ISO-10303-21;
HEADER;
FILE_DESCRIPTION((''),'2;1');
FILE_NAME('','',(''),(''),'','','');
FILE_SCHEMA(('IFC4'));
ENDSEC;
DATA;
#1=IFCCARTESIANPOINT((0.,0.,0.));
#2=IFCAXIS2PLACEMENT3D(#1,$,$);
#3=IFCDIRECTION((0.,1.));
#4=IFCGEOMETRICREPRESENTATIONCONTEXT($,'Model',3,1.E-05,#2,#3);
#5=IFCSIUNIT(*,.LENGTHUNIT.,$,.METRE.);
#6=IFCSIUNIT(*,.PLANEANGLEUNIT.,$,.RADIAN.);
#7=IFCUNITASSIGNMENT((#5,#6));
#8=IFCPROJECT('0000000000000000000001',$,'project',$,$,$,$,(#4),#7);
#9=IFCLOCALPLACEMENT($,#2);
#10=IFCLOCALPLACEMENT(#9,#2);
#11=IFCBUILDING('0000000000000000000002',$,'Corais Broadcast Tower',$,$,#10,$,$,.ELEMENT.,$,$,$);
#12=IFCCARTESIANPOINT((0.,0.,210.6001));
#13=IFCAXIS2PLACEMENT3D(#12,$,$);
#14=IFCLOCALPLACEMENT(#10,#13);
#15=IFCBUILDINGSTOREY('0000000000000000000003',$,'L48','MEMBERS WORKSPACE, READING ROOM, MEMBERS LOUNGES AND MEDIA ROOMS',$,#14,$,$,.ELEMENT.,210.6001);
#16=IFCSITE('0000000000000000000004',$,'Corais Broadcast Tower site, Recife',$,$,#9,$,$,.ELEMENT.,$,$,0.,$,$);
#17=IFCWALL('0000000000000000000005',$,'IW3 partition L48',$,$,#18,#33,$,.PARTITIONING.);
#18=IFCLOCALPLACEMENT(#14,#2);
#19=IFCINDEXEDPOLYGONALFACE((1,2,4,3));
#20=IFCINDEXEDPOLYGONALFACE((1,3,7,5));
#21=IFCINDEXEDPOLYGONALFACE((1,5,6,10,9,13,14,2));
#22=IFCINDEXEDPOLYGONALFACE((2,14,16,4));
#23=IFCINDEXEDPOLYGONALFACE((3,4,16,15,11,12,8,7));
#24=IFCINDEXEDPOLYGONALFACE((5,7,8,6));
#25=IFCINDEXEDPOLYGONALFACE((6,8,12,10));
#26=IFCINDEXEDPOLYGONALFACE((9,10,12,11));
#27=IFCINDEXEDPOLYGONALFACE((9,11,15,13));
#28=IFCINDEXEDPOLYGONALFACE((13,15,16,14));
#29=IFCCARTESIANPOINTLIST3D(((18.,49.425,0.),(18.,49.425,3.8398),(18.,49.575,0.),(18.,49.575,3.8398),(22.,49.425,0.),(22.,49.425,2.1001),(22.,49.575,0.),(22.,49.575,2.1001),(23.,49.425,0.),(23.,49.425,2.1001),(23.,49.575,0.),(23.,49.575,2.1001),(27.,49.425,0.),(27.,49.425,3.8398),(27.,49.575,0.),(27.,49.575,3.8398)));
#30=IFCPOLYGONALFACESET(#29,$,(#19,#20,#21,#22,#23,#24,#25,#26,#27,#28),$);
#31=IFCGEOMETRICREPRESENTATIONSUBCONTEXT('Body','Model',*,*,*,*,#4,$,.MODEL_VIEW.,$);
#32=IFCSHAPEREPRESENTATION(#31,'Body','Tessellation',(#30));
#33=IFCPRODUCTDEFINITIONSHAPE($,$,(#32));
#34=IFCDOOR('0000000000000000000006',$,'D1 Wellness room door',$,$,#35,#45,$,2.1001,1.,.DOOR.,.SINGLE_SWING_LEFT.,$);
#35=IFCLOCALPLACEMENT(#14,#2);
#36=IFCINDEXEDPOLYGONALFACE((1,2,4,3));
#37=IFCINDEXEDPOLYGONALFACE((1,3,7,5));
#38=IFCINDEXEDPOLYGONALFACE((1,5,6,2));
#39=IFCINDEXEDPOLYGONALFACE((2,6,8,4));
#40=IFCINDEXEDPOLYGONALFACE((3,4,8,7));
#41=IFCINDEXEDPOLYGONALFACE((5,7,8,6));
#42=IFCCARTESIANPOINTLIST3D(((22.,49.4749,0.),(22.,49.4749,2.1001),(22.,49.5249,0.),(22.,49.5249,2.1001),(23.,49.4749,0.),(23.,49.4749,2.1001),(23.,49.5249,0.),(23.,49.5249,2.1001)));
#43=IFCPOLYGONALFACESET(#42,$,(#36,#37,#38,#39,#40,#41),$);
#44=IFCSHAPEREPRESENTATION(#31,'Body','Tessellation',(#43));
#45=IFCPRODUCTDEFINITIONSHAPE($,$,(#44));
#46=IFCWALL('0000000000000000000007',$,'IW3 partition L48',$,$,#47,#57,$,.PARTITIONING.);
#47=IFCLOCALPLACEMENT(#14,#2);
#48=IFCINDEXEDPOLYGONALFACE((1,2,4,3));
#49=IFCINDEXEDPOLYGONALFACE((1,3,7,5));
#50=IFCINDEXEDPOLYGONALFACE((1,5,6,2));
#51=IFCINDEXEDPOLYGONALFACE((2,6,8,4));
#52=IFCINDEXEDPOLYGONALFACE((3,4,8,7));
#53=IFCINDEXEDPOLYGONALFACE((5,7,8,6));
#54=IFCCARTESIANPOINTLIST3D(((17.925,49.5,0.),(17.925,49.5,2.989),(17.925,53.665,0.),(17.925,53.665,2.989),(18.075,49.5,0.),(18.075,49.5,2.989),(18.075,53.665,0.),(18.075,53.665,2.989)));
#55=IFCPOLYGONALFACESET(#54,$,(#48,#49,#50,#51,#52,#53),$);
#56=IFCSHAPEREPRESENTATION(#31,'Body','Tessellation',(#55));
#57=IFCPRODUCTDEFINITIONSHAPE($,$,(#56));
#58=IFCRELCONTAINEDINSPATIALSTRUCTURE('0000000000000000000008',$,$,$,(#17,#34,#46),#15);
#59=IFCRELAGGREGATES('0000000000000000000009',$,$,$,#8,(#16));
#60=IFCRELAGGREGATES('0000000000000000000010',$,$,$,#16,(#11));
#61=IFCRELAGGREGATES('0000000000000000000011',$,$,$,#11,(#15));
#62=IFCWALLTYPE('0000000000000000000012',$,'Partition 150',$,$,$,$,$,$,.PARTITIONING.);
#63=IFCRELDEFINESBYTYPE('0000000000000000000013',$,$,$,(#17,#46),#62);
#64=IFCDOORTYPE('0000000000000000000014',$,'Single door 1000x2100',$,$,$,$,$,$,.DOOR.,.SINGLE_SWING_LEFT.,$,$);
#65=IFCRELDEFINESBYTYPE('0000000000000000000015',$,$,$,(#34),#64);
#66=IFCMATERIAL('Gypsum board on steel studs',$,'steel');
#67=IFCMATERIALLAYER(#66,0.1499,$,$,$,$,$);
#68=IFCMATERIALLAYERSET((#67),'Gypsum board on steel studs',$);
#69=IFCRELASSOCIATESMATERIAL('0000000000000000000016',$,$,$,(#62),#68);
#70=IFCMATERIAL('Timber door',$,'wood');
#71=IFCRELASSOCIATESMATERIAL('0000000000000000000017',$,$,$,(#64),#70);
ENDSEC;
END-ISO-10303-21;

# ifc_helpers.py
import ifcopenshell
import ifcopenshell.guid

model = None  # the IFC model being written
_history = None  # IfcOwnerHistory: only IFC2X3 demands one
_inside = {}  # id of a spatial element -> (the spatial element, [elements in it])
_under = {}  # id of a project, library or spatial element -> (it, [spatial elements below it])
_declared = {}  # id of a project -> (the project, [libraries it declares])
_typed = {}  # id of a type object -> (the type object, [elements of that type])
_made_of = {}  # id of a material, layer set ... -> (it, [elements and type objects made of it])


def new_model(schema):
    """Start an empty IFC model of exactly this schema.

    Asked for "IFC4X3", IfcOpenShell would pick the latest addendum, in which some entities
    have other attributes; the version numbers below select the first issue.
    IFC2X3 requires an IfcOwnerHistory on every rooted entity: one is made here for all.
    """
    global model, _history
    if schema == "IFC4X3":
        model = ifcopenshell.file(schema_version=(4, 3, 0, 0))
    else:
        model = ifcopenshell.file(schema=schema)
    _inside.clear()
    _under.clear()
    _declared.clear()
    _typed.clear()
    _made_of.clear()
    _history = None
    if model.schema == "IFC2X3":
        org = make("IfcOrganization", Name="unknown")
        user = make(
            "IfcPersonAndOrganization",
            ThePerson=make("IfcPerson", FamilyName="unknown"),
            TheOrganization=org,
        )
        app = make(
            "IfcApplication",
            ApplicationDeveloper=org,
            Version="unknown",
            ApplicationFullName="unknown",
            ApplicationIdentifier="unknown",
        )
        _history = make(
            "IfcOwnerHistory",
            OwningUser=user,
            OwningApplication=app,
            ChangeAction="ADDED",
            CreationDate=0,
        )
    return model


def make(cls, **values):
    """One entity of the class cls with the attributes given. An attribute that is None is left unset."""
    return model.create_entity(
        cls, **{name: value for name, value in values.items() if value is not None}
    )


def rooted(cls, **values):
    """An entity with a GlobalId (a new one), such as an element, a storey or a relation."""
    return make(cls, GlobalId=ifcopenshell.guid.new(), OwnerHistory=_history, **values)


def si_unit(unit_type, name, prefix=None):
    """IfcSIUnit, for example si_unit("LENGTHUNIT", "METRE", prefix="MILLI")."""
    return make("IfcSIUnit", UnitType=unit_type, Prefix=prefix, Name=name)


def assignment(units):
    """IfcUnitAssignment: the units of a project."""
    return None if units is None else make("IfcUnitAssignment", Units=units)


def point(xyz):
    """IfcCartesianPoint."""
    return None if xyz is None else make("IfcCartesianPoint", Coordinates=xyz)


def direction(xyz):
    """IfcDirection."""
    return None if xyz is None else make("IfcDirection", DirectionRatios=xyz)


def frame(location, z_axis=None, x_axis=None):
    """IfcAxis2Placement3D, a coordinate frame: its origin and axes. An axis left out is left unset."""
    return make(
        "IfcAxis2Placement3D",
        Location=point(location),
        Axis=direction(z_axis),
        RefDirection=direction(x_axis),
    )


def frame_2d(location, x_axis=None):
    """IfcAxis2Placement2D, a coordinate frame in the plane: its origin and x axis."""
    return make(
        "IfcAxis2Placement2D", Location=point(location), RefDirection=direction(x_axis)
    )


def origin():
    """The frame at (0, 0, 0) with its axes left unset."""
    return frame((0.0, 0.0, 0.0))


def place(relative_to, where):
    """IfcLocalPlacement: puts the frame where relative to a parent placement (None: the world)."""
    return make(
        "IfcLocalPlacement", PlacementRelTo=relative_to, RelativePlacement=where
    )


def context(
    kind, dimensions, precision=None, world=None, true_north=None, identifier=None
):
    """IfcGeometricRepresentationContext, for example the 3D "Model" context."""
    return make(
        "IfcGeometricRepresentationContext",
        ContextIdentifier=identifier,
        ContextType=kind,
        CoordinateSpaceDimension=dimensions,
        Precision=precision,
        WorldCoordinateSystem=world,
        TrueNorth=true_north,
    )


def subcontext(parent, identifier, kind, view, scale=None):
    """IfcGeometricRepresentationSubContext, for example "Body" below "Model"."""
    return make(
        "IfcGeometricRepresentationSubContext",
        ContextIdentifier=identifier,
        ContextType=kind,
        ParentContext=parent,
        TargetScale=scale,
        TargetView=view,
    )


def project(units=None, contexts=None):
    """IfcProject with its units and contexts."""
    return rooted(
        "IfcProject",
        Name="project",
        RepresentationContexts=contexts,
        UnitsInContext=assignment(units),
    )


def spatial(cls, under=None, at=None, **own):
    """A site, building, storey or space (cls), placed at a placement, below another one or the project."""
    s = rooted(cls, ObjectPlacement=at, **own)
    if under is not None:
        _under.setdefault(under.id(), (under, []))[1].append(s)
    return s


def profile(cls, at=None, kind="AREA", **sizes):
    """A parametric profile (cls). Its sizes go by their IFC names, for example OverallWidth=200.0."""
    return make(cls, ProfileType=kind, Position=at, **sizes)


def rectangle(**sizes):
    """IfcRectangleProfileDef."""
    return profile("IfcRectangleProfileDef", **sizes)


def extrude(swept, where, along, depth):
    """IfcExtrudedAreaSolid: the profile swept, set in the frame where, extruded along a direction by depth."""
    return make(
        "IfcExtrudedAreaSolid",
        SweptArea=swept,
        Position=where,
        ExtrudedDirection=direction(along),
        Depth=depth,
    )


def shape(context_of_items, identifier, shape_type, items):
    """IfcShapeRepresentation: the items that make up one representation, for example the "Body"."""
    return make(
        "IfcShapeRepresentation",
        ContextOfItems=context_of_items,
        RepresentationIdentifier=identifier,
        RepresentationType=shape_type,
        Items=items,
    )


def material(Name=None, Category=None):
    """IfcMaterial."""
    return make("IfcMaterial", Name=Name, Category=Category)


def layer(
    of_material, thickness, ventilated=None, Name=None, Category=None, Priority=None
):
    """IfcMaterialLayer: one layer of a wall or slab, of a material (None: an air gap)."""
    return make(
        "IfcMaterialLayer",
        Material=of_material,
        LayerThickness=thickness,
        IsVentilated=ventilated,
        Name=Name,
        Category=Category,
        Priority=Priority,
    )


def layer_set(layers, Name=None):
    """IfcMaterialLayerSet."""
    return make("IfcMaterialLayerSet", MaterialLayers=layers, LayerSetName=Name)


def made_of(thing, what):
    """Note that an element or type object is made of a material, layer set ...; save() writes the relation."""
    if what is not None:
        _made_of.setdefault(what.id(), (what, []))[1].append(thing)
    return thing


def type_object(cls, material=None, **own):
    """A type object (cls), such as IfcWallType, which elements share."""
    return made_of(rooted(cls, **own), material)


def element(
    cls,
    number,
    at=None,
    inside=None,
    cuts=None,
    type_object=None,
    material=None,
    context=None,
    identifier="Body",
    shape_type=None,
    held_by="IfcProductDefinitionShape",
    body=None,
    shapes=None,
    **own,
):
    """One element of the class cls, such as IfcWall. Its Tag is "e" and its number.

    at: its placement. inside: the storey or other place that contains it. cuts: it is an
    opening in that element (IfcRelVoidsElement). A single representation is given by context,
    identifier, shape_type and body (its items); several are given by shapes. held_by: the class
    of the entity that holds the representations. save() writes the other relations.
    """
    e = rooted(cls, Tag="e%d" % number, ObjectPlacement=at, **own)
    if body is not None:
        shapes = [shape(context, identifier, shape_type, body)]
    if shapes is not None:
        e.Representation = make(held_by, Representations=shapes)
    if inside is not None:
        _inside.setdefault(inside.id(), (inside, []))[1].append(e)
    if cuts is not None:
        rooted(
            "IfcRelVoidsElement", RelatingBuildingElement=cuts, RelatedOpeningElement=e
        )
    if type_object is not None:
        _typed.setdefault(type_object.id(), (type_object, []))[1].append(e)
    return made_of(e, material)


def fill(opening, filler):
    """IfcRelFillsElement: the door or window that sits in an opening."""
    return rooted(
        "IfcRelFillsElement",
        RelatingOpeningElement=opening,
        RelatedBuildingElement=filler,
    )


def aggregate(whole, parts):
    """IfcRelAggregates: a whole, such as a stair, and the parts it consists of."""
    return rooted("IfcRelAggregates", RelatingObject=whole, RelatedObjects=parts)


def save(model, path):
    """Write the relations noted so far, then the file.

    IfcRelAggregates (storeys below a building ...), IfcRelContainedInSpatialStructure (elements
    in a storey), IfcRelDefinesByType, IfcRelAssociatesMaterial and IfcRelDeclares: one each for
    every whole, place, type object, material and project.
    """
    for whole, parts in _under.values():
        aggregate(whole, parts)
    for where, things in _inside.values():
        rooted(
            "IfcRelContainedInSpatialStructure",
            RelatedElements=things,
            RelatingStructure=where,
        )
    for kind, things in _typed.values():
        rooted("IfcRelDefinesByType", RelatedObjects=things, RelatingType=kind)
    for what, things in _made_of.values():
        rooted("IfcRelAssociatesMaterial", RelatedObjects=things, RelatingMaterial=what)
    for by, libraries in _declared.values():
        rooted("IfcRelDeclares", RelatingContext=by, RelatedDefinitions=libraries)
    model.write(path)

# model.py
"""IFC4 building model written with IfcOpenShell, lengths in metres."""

from ifc_helpers import new_model, si_unit, direction, frame, frame_2d, origin, place, context, subcontext, project, spatial, rectangle, extrude, material, layer, layer_set, type_object, element, fill, save


model = new_model("IFC4")

# Units and contexts
model_context = context("Model", 3, precision=1e-05, world=origin(), true_north=direction((0.0, 1.0)))
body_context = subcontext(model_context, "Body", "Model", "MODEL_VIEW")
ifc_project = project(units=[si_unit("LENGTHUNIT", "METRE"), si_unit("PLANEANGLEUNIT", "RADIAN")], contexts=[model_context])

# Site, building, storey
site_placement = place(None, origin())
site = spatial("IfcSite", under=ifc_project, at=site_placement, Name="Corais Broadcast Tower site, Recife", CompositionType="ELEMENT", RefElevation=0.0)
building_placement = place(site_placement, origin())
building = spatial("IfcBuilding", under=site, at=building_placement, Name="Corais Broadcast Tower", CompositionType="ELEMENT")
storey_placement = place(building_placement, frame((0.0, 0.0, 210.6001)))
storey = spatial("IfcBuildingStorey", under=building, at=storey_placement, Name="L48", Description="MEMBERS WORKSPACE, READING ROOM, MEMBERS LOUNGES AND MEDIA ROOMS", CompositionType="ELEMENT", Elevation=210.6001)

# Shared definitions
ifc_material_1 = material(Name="Gypsum board on steel studs", Category="steel")
ifc_layer_1 = layer(ifc_material_1, 0.1499)
ifc_layer_set_1 = layer_set([ifc_layer_1], Name="Gypsum board on steel studs")
wall_type = type_object("IfcWallType", Name="Partition 150", PredefinedType="PARTITIONING", material=ifc_layer_set_1)

# Wall, opening, door
wall_1_placement = place(storey_placement, frame((18.0, 49.5, 0.0), z_axis=(0.0, 0.0, 1.0), x_axis=(1.0, 0.0, 0.0)))
wall_1 = element("IfcWall", 1, at=wall_1_placement, inside=storey, type_object=wall_type, Name="IW3 partition L48", PredefinedType="PARTITIONING", context=body_context, shape_type="SweptSolid", body=[
    extrude(rectangle(XDim=9.0, YDim=0.1499, at=frame_2d((4.5, 0.0))), origin(), (0.0, 0.0, 1.0), 3.8398),
])
opening_placement = place(wall_1_placement, frame((4.0, 0.0, 0.0)))
opening = element("IfcOpeningElement", 2, at=opening_placement, cuts=wall_1, PredefinedType="OPENING", context=body_context, shape_type="SweptSolid", body=[
    extrude(rectangle(XDim=1.0, YDim=2.1001, at=frame_2d((0.5, 1.05))), frame((0.0, 0.085, 0.0), z_axis=(0.0, -1.0, 0.0), x_axis=(1.0, 0.0, 0.0)), (0.0, 0.0, 1.0), 0.1699),
])
ifc_material_2 = material(Name="Timber door", Category="wood")
door_type = type_object("IfcDoorType", Name="Single door 1000x2100", OperationType="SINGLE_SWING_LEFT", PredefinedType="DOOR", material=ifc_material_2)
door_placement = place(opening_placement, origin())
door = element("IfcDoor", 3, at=door_placement, inside=storey, type_object=door_type, Name="D1 Wellness room door", OperationType="SINGLE_SWING_LEFT", OverallHeight=2.1001, OverallWidth=1.0, PredefinedType="DOOR", context=body_context, shape_type="SweptSolid", body=[
    extrude(rectangle(XDim=1.0, YDim=2.1001, at=frame_2d((0.5, 1.05))), frame((0.0, 0.0249, 0.0), z_axis=(0.0, -1.0, 0.0), x_axis=(1.0, 0.0, 0.0)), (0.0, 0.0, 1.0), 0.05),
])
fill(opening, door)

# Wall
wall_2_placement = place(storey_placement, frame((18.0, 53.665, 0.0), z_axis=(0.0, 0.0, 1.0), x_axis=(0.0, -1.0, 0.0)))
element("IfcWall", 4, at=wall_2_placement, inside=storey, type_object=wall_type, Name="IW3 partition L48", PredefinedType="PARTITIONING", context=body_context, shape_type="SweptSolid", body=[
    extrude(rectangle(XDim=4.165, YDim=0.1499, at=frame_2d((2.0825, 0.0))), origin(), (0.0, 0.0, 1.0), 2.989),
])

save(model, "model.ifc")
